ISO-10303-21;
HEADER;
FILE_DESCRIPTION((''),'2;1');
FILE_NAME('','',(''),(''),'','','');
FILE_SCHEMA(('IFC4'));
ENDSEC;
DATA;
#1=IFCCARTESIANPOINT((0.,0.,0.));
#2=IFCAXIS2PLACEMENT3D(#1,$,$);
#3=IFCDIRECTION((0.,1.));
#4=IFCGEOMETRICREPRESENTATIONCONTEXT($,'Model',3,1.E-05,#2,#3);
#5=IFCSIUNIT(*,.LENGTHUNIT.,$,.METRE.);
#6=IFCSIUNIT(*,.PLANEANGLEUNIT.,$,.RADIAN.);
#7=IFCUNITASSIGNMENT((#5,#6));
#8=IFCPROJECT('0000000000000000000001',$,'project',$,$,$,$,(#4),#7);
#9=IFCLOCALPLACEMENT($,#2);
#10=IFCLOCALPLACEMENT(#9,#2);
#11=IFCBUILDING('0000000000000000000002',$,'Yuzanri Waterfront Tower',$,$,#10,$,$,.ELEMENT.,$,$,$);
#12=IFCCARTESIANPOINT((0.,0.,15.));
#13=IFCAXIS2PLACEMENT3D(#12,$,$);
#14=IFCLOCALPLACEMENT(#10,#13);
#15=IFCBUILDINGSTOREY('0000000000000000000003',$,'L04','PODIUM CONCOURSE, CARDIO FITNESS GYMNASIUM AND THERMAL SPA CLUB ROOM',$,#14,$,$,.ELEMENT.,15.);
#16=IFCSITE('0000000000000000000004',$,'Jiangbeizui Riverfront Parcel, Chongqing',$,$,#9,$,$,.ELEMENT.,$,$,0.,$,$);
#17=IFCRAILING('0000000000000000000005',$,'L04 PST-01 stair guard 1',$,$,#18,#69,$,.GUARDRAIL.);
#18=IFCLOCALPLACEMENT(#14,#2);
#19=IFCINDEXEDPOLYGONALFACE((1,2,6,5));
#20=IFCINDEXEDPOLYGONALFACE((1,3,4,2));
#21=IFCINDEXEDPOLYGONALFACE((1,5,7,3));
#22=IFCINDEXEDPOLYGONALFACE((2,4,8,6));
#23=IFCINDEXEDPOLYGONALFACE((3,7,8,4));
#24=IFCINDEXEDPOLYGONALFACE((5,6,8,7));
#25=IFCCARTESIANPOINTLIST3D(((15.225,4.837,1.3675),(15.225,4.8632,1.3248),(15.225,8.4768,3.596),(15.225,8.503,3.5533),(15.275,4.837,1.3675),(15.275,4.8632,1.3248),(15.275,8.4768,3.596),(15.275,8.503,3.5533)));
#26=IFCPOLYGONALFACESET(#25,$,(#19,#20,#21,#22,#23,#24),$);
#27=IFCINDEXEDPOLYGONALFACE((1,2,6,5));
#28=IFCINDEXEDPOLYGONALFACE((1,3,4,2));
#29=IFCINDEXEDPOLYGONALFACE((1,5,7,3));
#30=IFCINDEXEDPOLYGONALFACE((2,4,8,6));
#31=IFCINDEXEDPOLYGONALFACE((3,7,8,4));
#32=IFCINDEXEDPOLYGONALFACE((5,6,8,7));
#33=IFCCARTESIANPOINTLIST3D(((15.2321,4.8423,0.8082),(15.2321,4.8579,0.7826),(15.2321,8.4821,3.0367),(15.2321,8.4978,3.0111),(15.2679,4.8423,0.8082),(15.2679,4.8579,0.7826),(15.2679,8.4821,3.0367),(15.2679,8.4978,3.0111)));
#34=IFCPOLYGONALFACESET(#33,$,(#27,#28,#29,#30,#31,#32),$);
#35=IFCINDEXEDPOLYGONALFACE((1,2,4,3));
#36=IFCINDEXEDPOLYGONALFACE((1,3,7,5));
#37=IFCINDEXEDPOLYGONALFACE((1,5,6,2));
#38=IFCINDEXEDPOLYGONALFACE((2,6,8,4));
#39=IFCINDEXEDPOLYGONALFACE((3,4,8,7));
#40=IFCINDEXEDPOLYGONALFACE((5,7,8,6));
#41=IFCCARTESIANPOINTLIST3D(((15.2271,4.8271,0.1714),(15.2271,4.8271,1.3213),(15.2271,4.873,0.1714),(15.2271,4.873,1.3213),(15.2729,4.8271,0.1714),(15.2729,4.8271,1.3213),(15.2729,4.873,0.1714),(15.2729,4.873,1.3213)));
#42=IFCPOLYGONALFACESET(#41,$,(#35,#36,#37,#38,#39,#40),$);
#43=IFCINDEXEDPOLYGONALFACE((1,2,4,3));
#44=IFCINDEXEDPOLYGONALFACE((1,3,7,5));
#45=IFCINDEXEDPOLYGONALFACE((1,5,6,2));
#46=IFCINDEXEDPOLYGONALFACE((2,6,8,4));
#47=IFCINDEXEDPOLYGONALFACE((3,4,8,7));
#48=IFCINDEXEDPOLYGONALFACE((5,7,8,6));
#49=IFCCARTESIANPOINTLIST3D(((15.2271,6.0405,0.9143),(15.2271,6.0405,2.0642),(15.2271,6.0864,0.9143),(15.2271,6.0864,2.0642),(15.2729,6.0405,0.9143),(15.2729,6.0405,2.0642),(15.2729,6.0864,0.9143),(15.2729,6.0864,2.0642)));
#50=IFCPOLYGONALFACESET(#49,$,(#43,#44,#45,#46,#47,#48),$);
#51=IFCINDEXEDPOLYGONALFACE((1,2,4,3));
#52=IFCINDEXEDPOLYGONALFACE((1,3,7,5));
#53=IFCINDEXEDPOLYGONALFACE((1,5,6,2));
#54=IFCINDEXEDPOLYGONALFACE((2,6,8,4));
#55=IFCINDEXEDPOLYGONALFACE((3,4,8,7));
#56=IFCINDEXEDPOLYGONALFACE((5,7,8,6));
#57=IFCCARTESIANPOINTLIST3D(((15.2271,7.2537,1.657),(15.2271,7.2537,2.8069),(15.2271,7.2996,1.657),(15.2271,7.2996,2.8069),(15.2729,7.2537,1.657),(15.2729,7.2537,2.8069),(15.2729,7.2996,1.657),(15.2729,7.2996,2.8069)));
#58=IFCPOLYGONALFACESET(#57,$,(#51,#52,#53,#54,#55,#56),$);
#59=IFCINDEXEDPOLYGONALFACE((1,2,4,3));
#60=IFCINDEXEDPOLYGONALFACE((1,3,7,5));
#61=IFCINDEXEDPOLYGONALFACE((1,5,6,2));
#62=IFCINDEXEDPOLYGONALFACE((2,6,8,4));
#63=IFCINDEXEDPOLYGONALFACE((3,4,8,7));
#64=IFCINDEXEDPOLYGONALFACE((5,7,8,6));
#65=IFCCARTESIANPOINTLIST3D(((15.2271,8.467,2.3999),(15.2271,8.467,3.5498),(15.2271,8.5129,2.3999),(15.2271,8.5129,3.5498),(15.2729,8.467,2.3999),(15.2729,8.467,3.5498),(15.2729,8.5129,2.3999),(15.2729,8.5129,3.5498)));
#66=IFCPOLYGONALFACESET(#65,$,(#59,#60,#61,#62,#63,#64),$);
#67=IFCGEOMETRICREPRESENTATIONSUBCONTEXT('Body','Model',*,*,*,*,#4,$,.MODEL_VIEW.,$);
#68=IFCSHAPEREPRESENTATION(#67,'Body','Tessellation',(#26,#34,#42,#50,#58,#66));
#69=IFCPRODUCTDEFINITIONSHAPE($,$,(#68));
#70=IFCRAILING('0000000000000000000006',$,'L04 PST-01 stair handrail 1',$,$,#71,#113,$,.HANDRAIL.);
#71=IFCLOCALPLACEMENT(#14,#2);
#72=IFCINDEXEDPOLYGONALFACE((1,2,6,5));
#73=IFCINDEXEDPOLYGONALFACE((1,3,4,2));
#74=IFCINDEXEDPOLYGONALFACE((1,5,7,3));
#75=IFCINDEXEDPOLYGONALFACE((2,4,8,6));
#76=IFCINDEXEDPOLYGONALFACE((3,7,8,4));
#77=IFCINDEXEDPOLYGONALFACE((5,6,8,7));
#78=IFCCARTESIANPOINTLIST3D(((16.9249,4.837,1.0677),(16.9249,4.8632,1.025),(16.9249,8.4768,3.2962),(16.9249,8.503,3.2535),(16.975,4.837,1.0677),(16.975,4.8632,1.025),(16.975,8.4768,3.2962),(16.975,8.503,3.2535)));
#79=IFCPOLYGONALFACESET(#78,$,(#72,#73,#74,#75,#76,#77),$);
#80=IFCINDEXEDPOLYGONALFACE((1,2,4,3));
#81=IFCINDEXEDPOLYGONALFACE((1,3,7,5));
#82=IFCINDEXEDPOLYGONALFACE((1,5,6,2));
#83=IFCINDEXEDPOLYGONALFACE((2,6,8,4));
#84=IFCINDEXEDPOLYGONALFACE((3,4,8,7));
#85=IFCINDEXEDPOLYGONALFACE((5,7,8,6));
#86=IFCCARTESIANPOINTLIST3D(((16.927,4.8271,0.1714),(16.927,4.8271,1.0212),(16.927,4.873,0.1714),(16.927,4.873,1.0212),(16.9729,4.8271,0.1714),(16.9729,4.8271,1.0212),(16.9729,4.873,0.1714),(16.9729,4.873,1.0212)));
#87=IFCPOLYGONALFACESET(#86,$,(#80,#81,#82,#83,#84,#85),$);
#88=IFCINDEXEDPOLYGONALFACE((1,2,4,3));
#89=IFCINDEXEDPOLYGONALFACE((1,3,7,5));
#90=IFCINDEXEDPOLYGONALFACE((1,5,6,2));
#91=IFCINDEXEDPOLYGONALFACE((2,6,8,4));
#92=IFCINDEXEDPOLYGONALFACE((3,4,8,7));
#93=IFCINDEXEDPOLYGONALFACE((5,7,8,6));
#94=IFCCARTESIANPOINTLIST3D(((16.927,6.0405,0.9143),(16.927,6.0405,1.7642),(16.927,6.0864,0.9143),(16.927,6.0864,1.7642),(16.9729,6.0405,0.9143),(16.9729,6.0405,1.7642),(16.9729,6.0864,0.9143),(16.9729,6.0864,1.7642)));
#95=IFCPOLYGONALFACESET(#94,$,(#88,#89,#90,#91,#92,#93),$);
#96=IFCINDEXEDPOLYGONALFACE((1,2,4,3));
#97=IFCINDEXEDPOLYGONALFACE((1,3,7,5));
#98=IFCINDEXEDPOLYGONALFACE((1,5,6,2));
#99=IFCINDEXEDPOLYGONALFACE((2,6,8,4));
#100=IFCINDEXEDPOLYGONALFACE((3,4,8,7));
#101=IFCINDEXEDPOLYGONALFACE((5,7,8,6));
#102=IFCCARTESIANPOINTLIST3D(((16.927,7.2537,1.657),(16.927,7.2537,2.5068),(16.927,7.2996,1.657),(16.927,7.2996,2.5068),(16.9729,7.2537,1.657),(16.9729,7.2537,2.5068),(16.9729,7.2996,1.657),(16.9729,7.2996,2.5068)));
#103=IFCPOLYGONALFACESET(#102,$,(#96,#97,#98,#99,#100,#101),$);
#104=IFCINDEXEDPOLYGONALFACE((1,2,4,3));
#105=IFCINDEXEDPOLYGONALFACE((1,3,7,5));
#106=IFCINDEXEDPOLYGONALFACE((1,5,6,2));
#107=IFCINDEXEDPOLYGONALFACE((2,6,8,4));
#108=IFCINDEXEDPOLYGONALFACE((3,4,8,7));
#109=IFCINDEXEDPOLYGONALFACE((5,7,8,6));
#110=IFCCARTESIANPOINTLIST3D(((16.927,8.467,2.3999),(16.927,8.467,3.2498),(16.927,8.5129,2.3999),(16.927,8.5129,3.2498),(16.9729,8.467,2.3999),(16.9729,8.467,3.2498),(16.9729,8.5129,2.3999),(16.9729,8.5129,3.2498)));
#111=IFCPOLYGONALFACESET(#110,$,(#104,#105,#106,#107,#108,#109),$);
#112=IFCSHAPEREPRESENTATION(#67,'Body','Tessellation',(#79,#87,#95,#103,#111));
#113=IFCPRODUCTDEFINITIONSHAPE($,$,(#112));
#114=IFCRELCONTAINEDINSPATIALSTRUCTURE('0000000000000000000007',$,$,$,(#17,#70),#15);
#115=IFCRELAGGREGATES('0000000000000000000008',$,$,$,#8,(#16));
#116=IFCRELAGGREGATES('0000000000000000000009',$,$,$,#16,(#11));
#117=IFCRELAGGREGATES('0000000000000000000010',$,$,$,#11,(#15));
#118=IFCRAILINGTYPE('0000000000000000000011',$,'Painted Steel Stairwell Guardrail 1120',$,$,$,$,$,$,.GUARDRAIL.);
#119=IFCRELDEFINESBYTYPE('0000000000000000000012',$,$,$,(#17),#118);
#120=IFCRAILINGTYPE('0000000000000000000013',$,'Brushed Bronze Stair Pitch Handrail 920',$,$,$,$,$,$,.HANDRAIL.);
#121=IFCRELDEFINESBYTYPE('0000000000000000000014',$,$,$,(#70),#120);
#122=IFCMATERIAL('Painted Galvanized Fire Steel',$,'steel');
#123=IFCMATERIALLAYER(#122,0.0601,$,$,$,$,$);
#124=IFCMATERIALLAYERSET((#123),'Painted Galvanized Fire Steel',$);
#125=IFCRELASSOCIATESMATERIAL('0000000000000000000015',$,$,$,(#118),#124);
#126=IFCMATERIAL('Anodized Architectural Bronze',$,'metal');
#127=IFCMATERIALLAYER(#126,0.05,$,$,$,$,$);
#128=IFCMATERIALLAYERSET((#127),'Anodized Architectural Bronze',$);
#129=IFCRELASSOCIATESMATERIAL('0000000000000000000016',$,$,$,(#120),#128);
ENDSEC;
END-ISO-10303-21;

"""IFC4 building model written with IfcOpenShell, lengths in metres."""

from ifc_helpers import new_model, si_unit, direction, frame, origin, origin_2d, place, context, subcontext, project, spatial, rectangle, extrude, source, transform, mapped, material, layer, layer_set, type_object, element, save


model = new_model("IFC4")

# Units and contexts
model_context = context("Model", 3, precision=1e-05, world=origin(), true_north=direction((0.0, 1.0)))
body_context = subcontext(model_context, "Body", "Model", "MODEL_VIEW")
ifc_project = project(units=[si_unit("LENGTHUNIT", "METRE"), si_unit("PLANEANGLEUNIT", "RADIAN")], contexts=[model_context])

# Site, building, storey
site_placement = place(None, origin())
site = spatial("IfcSite", under=ifc_project, at=site_placement, Name="Jiangbeizui Riverfront Parcel, Chongqing", CompositionType="ELEMENT", RefElevation=0.0)
building_placement = place(site_placement, origin())
building = spatial("IfcBuilding", under=site, at=building_placement, Name="Yuzanri Waterfront Tower", CompositionType="ELEMENT")
storey_placement = place(building_placement, frame((0.0, 0.0, 15.0)))
storey = spatial("IfcBuildingStorey", under=building, at=storey_placement, Name="L04", Description="PODIUM CONCOURSE, CARDIO FITNESS GYMNASIUM AND THERMAL SPA CLUB ROOM", CompositionType="ELEMENT", Elevation=15.0)

# Railings
ifc_material_1 = material(Name="Painted Galvanized Fire Steel", Category="steel")
ifc_layer_1 = layer(ifc_material_1, 0.0601)
ifc_layer_set_1 = layer_set([ifc_layer_1], Name="Painted Galvanized Fire Steel")
railing_type_1 = type_object("IfcRailingType", Name="Painted Steel Stairwell Guardrail 1120", PredefinedType="GUARDRAIL", material=ifc_layer_set_1)
shared_shape_1 = source(origin(), body_context, "Body", "SweptSolid", [
    extrude(rectangle(XDim=0.05, YDim=0.05, at=origin_2d()), frame((0.0, 0.0, 1.1748), z_axis=(0.0, 0.85285, 0.522156), x_axis=(-1.0, 0.0, 0.0)), (0.0, 0.0, 1.0), 4.2678),
    extrude(rectangle(XDim=0.0359, YDim=0.03, at=origin_2d()), frame((0.0, 0.0, 0.624), z_axis=(0.0, 0.85285, 0.522156), x_axis=(-1.0, 0.0, 0.0)), (0.0, 0.0, 1.0), 4.2678),
    extrude(rectangle(XDim=0.0459, YDim=0.0459, at=origin_2d()), origin(), (0.0, 0.0, 1.0), 1.1499),
    extrude(rectangle(XDim=0.0459, YDim=0.0459, at=origin_2d()), frame((0.0, 1.2134, 0.7429)), (0.0, 0.0, 1.0), 1.1499),
    extrude(rectangle(XDim=0.0459, YDim=0.0459, at=origin_2d()), frame((0.0, 2.4265, 1.4856)), (0.0, 0.0, 1.0), 1.1499),
    extrude(rectangle(XDim=0.0459, YDim=0.0459, at=origin_2d()), frame((0.0, 3.6399, 2.2285)), (0.0, 0.0, 1.0), 1.1499),
])
railing_1_placement = place(storey_placement, frame((15.25, 4.8501, 0.1714)))
element("IfcRailing", 1, at=railing_1_placement, inside=storey, type_object=railing_type_1, Name="L04 PST-01 stair guard 1", PredefinedType="GUARDRAIL", context=body_context, shape_type="MappedRepresentation", body=[
    mapped(shared_shape_1, transform((0.0, 0.0, 0.0), scale=1.0)),
])
ifc_material_2 = material(Name="Anodized Architectural Bronze", Category="metal")
ifc_layer_2 = layer(ifc_material_2, 0.05)
ifc_layer_set_2 = layer_set([ifc_layer_2], Name="Anodized Architectural Bronze")
railing_type_2 = type_object("IfcRailingType", Name="Brushed Bronze Stair Pitch Handrail 920", PredefinedType="HANDRAIL", material=ifc_layer_set_2)
shared_shape_2 = source(origin(), body_context, "Body", "SweptSolid", [
    extrude(rectangle(XDim=0.05, YDim=0.05, at=origin_2d()), frame((0.0, 0.0, 0.875), z_axis=(0.0, 0.85285, 0.522156), x_axis=(-1.0, 0.0, 0.0)), (0.0, 0.0, 1.0), 4.2678),
    extrude(rectangle(XDim=0.0459, YDim=0.0459, at=origin_2d()), origin(), (0.0, 0.0, 1.0), 0.8499),
    extrude(rectangle(XDim=0.0459, YDim=0.0459, at=origin_2d()), frame((0.0, 1.2134, 0.7429)), (0.0, 0.0, 1.0), 0.8499),
    extrude(rectangle(XDim=0.0459, YDim=0.0459, at=origin_2d()), frame((0.0, 2.4265, 1.4856)), (0.0, 0.0, 1.0), 0.8499),
    extrude(rectangle(XDim=0.0459, YDim=0.0459, at=origin_2d()), frame((0.0, 3.6399, 2.2285)), (0.0, 0.0, 1.0), 0.8499),
])
railing_2_placement = place(storey_placement, frame((16.95, 4.8501, 0.1714)))
element("IfcRailing", 2, at=railing_2_placement, inside=storey, type_object=railing_type_2, Name="L04 PST-01 stair handrail 1", PredefinedType="HANDRAIL", context=body_context, shape_type="MappedRepresentation", body=[
    mapped(shared_shape_2, transform((0.0, 0.0, 0.0), scale=1.0)),
])

save(model, "model.ifc")
